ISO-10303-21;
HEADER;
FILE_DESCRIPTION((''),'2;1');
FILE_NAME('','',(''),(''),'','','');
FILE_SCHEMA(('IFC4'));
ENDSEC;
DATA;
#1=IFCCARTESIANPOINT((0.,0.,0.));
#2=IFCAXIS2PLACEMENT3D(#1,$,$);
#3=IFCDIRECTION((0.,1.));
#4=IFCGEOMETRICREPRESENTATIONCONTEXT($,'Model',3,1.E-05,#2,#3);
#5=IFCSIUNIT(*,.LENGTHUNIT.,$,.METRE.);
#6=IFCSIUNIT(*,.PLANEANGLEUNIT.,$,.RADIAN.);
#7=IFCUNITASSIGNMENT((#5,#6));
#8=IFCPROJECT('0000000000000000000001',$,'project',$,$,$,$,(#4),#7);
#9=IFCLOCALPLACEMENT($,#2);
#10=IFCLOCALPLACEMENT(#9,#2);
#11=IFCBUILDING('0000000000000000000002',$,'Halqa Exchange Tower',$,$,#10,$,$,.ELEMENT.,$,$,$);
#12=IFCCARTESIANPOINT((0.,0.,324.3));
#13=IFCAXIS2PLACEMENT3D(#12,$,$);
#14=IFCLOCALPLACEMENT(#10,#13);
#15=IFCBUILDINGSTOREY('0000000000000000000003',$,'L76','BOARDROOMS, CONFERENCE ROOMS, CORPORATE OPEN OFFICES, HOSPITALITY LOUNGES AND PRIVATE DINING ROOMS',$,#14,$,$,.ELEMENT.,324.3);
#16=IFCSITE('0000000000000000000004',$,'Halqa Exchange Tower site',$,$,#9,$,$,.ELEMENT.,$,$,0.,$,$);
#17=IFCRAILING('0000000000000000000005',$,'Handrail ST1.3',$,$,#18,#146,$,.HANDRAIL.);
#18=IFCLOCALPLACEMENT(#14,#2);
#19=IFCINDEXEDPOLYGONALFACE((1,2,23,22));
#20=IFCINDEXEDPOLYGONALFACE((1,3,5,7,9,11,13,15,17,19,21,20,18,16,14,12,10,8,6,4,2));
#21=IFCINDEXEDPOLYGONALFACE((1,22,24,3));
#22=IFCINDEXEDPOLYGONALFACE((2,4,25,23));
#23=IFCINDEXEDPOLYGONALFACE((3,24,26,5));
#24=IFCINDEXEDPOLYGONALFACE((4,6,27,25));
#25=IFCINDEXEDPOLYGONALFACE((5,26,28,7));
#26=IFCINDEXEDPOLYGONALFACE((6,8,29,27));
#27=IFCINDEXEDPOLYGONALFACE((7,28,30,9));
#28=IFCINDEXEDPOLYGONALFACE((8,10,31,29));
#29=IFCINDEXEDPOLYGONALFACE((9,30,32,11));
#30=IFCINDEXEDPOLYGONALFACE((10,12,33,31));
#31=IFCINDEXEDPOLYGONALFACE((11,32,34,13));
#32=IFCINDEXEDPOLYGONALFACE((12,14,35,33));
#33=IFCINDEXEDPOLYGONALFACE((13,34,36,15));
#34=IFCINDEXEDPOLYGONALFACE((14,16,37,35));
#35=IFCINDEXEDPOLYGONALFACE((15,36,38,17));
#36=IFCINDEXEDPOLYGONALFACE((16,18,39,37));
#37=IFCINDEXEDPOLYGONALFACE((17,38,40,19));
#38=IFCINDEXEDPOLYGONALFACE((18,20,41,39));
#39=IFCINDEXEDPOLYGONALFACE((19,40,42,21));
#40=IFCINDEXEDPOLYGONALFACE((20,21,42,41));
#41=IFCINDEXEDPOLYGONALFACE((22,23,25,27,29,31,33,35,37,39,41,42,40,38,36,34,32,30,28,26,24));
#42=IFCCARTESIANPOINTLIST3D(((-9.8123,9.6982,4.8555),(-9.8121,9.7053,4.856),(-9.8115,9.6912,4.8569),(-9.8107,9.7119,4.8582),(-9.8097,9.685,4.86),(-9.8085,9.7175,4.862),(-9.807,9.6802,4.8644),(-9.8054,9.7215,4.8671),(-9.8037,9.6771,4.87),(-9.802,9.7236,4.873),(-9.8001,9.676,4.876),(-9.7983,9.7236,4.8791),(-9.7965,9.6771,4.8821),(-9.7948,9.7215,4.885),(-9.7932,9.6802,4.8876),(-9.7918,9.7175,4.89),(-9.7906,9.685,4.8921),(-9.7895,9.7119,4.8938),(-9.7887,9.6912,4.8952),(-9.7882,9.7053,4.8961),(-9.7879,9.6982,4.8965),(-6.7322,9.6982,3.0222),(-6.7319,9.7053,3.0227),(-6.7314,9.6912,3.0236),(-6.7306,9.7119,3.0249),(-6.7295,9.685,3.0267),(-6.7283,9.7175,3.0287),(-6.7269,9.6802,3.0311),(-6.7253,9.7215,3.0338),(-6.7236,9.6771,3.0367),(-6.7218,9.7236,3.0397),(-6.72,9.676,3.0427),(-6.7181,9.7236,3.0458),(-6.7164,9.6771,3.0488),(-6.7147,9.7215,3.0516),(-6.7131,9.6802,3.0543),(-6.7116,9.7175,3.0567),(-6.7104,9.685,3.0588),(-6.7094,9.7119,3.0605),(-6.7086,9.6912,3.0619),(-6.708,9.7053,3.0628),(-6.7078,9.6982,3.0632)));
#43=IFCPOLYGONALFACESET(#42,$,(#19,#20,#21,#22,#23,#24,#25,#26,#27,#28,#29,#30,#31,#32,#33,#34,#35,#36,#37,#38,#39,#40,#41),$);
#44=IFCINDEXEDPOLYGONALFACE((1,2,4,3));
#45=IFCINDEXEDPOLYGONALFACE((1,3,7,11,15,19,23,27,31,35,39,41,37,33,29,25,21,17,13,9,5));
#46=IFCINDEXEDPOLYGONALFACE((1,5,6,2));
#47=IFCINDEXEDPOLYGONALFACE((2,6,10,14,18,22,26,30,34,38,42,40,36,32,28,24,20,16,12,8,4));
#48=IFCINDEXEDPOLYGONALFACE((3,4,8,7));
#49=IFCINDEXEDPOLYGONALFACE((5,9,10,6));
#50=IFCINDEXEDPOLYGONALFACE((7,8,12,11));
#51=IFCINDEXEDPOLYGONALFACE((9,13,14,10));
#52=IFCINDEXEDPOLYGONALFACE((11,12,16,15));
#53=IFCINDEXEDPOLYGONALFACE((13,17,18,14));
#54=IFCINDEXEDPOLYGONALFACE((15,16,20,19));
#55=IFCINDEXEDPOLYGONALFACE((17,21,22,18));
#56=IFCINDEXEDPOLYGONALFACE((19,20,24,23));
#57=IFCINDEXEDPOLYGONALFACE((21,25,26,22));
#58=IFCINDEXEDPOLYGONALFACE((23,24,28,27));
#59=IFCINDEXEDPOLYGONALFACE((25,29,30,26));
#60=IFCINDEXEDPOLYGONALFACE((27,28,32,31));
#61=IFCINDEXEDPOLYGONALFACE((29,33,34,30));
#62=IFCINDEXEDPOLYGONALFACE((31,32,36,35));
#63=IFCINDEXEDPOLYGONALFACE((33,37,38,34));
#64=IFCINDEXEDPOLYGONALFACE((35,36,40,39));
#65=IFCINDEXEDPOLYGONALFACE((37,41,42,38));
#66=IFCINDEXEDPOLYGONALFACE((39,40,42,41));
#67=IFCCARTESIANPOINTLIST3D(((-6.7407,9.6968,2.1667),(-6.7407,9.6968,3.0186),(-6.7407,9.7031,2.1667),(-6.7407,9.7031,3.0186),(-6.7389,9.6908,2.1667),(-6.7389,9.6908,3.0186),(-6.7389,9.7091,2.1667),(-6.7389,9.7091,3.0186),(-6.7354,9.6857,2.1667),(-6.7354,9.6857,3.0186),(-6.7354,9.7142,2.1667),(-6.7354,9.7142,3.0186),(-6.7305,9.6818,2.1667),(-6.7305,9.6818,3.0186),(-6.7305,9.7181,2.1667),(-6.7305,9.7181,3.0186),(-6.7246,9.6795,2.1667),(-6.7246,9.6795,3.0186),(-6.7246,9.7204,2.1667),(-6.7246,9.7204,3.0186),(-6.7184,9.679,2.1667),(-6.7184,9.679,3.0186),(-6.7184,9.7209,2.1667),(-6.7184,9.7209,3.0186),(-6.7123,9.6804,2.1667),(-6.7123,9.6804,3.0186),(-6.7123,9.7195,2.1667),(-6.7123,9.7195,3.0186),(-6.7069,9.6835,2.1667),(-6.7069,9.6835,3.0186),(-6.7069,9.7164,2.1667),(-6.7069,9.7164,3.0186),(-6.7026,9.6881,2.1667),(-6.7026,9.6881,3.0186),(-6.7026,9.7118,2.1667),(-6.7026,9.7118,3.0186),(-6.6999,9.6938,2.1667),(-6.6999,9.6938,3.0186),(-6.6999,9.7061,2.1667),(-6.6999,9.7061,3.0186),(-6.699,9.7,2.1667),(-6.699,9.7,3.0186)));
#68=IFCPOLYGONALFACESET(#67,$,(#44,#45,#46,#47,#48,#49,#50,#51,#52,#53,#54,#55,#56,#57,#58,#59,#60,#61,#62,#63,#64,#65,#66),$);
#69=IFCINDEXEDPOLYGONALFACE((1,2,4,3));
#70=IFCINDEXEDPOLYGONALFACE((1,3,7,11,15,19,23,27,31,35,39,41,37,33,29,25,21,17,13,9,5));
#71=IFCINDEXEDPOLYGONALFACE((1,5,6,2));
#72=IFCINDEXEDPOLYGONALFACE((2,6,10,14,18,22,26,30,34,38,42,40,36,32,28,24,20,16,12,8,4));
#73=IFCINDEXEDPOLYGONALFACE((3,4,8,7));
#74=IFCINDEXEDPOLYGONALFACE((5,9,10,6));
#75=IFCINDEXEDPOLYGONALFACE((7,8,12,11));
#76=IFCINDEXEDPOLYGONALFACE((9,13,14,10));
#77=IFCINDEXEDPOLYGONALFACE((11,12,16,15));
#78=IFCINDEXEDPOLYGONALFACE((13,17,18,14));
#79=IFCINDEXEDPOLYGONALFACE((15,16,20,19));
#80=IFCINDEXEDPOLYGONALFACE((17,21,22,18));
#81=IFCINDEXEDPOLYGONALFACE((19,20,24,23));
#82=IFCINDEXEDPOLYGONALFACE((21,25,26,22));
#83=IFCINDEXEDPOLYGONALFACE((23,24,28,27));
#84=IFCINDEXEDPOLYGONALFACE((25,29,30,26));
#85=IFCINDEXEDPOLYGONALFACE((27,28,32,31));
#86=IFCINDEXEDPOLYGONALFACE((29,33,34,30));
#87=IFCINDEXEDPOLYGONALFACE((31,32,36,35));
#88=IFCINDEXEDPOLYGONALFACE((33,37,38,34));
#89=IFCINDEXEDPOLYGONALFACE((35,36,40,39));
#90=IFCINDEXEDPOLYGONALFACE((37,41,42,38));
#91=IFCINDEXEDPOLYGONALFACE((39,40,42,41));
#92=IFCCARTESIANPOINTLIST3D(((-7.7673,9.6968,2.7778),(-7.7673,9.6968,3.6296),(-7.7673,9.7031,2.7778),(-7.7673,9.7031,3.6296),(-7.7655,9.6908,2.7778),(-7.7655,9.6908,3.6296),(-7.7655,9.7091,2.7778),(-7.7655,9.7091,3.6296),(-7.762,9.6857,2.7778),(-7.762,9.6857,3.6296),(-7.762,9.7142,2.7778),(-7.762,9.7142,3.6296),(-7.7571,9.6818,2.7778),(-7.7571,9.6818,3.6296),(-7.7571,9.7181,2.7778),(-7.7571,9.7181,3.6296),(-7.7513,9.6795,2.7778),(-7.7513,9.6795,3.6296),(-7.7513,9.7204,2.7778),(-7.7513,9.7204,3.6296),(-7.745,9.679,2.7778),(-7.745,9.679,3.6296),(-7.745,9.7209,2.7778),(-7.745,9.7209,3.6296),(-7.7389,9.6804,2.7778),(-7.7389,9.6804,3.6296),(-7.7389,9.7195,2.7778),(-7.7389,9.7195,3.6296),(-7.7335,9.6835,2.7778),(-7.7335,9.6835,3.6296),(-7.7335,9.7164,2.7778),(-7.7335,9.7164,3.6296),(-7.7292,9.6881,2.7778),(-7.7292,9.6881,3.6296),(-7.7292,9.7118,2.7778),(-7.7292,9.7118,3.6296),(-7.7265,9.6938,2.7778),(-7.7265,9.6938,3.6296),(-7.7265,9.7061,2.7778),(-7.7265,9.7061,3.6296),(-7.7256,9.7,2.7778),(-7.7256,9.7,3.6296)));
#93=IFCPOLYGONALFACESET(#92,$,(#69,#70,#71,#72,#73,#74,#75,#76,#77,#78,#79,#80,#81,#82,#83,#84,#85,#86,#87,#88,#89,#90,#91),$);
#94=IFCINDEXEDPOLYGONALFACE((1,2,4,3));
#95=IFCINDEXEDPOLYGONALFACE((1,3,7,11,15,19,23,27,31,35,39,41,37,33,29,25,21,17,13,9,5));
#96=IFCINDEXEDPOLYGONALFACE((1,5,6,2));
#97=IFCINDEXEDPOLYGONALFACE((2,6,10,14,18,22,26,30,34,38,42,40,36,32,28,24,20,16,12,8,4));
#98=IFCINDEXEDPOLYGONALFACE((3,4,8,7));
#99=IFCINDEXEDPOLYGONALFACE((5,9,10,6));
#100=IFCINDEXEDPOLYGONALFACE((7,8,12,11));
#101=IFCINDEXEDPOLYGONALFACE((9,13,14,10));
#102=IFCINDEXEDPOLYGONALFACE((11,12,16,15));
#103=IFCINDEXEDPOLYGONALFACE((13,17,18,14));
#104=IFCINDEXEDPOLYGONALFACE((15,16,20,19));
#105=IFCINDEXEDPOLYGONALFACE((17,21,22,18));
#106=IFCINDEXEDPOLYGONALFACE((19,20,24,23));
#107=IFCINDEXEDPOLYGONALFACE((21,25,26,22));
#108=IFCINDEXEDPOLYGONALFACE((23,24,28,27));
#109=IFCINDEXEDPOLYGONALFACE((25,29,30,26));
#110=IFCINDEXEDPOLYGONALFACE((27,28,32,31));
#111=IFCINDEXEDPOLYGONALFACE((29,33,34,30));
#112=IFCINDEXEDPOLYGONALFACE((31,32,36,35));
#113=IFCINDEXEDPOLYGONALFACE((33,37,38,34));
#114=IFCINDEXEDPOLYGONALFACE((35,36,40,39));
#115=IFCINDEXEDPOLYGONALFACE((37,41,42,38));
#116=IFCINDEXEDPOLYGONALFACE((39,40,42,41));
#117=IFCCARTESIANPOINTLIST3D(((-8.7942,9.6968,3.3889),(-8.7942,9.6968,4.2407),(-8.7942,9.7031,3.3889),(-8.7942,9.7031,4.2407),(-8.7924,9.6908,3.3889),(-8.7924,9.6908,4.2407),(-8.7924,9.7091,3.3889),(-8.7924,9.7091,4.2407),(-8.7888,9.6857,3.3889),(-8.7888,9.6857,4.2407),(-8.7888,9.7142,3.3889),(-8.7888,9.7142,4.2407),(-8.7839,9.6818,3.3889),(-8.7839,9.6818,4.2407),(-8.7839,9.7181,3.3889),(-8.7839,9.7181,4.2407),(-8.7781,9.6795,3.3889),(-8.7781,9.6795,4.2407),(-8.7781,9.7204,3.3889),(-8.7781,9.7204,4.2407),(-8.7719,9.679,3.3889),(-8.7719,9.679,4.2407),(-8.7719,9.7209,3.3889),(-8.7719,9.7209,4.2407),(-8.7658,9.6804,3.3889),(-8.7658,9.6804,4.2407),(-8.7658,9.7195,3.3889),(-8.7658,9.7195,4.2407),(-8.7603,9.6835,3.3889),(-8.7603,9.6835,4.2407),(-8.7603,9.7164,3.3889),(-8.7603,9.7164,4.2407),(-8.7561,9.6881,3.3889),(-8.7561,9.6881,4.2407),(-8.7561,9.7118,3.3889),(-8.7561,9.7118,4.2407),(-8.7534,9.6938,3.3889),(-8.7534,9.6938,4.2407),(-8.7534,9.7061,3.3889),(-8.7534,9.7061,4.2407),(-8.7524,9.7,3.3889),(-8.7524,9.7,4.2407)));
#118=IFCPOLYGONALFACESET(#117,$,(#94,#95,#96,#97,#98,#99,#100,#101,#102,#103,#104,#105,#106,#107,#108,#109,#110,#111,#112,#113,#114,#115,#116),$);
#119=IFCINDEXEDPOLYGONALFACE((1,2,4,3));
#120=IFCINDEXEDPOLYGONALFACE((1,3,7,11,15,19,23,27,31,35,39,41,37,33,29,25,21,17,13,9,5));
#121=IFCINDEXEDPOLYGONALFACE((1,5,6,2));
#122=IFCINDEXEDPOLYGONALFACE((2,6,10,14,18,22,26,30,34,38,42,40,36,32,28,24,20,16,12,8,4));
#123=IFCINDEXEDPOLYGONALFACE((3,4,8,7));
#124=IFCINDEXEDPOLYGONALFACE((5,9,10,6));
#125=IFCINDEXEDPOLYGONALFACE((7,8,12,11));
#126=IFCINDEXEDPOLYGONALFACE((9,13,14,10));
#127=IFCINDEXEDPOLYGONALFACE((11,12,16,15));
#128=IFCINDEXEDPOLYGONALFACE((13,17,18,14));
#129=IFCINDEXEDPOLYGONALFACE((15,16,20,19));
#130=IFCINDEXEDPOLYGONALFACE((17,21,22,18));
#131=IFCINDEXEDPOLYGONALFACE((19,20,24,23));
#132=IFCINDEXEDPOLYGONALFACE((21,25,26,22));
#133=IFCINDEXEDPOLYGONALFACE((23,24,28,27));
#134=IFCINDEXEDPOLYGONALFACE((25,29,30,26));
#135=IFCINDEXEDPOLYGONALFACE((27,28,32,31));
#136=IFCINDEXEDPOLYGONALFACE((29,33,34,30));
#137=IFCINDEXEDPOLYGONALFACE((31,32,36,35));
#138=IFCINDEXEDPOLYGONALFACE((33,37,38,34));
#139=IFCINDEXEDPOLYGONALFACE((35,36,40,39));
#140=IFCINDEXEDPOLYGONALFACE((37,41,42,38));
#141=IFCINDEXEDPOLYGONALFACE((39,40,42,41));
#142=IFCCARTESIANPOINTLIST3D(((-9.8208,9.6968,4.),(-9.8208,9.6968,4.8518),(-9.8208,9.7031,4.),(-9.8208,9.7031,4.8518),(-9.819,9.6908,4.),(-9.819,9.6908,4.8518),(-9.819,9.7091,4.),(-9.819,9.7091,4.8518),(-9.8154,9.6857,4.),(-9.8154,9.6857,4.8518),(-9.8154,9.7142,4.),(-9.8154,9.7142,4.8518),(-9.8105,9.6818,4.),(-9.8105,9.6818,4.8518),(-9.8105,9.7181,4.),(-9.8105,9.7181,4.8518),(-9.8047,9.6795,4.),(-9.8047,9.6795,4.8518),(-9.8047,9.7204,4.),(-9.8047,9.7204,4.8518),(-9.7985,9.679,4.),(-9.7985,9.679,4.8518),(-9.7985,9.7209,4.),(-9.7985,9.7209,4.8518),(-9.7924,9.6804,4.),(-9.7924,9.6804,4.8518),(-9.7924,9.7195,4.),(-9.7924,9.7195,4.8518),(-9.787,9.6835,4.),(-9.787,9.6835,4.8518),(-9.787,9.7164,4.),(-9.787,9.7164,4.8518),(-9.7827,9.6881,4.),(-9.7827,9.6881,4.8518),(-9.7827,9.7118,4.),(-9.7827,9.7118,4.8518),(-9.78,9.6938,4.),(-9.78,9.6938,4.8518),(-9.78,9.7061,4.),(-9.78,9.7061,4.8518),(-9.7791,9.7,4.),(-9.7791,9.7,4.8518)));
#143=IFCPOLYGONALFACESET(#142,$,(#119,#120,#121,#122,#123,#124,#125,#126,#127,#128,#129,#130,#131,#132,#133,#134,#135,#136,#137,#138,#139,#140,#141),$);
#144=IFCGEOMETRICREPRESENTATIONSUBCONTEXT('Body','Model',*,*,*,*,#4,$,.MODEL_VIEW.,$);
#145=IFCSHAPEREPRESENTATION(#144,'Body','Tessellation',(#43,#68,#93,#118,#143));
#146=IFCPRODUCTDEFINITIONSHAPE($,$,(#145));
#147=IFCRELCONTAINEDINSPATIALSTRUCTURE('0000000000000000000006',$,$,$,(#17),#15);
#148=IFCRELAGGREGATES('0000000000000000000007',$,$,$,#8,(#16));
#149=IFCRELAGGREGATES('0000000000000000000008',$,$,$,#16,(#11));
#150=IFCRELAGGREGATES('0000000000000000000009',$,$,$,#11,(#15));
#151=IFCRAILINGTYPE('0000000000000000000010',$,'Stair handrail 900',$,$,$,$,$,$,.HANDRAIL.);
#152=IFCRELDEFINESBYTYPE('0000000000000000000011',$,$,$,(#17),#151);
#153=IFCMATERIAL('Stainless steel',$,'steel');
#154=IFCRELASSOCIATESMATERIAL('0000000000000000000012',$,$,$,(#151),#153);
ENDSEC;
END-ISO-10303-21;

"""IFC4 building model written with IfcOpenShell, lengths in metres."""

from ifc_helpers import new_model, si_unit, direction, frame, origin, origin_2d, place, context, subcontext, project, spatial, circle, extrude, material, type_object, element, save


model = new_model("IFC4")

# Units and contexts
model_context = context("Model", 3, precision=1e-05, world=origin(), true_north=direction((0.0, 1.0)))
body_context = subcontext(model_context, "Body", "Model", "MODEL_VIEW")
ifc_project = project(units=[si_unit("LENGTHUNIT", "METRE"), si_unit("PLANEANGLEUNIT", "RADIAN")], contexts=[model_context])

# Site, building, storey
site_placement = place(None, origin())
site = spatial("IfcSite", under=ifc_project, at=site_placement, Name="Halqa Exchange Tower site", CompositionType="ELEMENT", RefElevation=0.0)
building_placement = place(site_placement, origin())
building = spatial("IfcBuilding", under=site, at=building_placement, Name="Halqa Exchange Tower", CompositionType="ELEMENT")
storey_placement = place(building_placement, frame((0.0, 0.0, 324.3)))
storey = spatial("IfcBuildingStorey", under=building, at=storey_placement, Name="L76", Description="BOARDROOMS, CONFERENCE ROOMS, CORPORATE OPEN OFFICES, HOSPITALITY LOUNGES AND PRIVATE DINING ROOMS", CompositionType="ELEMENT", Elevation=324.3)

# Shared definitions
ifc_material_1 = material(Name="Stainless steel", Category="steel")

# Railing
railing_type_1 = type_object("IfcRailingType", Name="Stair handrail 900", PredefinedType="HANDRAIL", material=ifc_material_1)
railing_1_placement = place(storey_placement, frame((-6.72, 9.7, 2.1667)))
element("IfcRailing", 1, at=railing_1_placement, inside=storey, type_object=railing_type_1, Name="Handrail ST1.3", PredefinedType="HANDRAIL", context=body_context, shape_type="SweptSolid", body=[
    extrude(circle(Radius=0.0239, at=origin_2d()), frame((0.0, 0.0, 0.876), z_axis=(-0.859309, 0.0, 0.511458), x_axis=(0.0, -1.0, 0.0)), (0.0, 0.0, 1.0), 3.5845),
    extrude(circle(Radius=0.021, at=origin_2d()), origin(), (0.0, 0.0, 1.0), 0.8518),
    extrude(circle(Radius=0.021, at=origin_2d()), frame((-1.0266, 0.0, 0.6111)), (0.0, 0.0, 1.0), 0.8518),
    extrude(circle(Radius=0.021, at=origin_2d()), frame((-2.0535, 0.0, 1.2222)), (0.0, 0.0, 1.0), 0.8518),
    extrude(circle(Radius=0.021, at=origin_2d()), frame((-3.0801, 0.0, 1.8333)), (0.0, 0.0, 1.0), 0.8518),
])

save(model, "model.ifc")
